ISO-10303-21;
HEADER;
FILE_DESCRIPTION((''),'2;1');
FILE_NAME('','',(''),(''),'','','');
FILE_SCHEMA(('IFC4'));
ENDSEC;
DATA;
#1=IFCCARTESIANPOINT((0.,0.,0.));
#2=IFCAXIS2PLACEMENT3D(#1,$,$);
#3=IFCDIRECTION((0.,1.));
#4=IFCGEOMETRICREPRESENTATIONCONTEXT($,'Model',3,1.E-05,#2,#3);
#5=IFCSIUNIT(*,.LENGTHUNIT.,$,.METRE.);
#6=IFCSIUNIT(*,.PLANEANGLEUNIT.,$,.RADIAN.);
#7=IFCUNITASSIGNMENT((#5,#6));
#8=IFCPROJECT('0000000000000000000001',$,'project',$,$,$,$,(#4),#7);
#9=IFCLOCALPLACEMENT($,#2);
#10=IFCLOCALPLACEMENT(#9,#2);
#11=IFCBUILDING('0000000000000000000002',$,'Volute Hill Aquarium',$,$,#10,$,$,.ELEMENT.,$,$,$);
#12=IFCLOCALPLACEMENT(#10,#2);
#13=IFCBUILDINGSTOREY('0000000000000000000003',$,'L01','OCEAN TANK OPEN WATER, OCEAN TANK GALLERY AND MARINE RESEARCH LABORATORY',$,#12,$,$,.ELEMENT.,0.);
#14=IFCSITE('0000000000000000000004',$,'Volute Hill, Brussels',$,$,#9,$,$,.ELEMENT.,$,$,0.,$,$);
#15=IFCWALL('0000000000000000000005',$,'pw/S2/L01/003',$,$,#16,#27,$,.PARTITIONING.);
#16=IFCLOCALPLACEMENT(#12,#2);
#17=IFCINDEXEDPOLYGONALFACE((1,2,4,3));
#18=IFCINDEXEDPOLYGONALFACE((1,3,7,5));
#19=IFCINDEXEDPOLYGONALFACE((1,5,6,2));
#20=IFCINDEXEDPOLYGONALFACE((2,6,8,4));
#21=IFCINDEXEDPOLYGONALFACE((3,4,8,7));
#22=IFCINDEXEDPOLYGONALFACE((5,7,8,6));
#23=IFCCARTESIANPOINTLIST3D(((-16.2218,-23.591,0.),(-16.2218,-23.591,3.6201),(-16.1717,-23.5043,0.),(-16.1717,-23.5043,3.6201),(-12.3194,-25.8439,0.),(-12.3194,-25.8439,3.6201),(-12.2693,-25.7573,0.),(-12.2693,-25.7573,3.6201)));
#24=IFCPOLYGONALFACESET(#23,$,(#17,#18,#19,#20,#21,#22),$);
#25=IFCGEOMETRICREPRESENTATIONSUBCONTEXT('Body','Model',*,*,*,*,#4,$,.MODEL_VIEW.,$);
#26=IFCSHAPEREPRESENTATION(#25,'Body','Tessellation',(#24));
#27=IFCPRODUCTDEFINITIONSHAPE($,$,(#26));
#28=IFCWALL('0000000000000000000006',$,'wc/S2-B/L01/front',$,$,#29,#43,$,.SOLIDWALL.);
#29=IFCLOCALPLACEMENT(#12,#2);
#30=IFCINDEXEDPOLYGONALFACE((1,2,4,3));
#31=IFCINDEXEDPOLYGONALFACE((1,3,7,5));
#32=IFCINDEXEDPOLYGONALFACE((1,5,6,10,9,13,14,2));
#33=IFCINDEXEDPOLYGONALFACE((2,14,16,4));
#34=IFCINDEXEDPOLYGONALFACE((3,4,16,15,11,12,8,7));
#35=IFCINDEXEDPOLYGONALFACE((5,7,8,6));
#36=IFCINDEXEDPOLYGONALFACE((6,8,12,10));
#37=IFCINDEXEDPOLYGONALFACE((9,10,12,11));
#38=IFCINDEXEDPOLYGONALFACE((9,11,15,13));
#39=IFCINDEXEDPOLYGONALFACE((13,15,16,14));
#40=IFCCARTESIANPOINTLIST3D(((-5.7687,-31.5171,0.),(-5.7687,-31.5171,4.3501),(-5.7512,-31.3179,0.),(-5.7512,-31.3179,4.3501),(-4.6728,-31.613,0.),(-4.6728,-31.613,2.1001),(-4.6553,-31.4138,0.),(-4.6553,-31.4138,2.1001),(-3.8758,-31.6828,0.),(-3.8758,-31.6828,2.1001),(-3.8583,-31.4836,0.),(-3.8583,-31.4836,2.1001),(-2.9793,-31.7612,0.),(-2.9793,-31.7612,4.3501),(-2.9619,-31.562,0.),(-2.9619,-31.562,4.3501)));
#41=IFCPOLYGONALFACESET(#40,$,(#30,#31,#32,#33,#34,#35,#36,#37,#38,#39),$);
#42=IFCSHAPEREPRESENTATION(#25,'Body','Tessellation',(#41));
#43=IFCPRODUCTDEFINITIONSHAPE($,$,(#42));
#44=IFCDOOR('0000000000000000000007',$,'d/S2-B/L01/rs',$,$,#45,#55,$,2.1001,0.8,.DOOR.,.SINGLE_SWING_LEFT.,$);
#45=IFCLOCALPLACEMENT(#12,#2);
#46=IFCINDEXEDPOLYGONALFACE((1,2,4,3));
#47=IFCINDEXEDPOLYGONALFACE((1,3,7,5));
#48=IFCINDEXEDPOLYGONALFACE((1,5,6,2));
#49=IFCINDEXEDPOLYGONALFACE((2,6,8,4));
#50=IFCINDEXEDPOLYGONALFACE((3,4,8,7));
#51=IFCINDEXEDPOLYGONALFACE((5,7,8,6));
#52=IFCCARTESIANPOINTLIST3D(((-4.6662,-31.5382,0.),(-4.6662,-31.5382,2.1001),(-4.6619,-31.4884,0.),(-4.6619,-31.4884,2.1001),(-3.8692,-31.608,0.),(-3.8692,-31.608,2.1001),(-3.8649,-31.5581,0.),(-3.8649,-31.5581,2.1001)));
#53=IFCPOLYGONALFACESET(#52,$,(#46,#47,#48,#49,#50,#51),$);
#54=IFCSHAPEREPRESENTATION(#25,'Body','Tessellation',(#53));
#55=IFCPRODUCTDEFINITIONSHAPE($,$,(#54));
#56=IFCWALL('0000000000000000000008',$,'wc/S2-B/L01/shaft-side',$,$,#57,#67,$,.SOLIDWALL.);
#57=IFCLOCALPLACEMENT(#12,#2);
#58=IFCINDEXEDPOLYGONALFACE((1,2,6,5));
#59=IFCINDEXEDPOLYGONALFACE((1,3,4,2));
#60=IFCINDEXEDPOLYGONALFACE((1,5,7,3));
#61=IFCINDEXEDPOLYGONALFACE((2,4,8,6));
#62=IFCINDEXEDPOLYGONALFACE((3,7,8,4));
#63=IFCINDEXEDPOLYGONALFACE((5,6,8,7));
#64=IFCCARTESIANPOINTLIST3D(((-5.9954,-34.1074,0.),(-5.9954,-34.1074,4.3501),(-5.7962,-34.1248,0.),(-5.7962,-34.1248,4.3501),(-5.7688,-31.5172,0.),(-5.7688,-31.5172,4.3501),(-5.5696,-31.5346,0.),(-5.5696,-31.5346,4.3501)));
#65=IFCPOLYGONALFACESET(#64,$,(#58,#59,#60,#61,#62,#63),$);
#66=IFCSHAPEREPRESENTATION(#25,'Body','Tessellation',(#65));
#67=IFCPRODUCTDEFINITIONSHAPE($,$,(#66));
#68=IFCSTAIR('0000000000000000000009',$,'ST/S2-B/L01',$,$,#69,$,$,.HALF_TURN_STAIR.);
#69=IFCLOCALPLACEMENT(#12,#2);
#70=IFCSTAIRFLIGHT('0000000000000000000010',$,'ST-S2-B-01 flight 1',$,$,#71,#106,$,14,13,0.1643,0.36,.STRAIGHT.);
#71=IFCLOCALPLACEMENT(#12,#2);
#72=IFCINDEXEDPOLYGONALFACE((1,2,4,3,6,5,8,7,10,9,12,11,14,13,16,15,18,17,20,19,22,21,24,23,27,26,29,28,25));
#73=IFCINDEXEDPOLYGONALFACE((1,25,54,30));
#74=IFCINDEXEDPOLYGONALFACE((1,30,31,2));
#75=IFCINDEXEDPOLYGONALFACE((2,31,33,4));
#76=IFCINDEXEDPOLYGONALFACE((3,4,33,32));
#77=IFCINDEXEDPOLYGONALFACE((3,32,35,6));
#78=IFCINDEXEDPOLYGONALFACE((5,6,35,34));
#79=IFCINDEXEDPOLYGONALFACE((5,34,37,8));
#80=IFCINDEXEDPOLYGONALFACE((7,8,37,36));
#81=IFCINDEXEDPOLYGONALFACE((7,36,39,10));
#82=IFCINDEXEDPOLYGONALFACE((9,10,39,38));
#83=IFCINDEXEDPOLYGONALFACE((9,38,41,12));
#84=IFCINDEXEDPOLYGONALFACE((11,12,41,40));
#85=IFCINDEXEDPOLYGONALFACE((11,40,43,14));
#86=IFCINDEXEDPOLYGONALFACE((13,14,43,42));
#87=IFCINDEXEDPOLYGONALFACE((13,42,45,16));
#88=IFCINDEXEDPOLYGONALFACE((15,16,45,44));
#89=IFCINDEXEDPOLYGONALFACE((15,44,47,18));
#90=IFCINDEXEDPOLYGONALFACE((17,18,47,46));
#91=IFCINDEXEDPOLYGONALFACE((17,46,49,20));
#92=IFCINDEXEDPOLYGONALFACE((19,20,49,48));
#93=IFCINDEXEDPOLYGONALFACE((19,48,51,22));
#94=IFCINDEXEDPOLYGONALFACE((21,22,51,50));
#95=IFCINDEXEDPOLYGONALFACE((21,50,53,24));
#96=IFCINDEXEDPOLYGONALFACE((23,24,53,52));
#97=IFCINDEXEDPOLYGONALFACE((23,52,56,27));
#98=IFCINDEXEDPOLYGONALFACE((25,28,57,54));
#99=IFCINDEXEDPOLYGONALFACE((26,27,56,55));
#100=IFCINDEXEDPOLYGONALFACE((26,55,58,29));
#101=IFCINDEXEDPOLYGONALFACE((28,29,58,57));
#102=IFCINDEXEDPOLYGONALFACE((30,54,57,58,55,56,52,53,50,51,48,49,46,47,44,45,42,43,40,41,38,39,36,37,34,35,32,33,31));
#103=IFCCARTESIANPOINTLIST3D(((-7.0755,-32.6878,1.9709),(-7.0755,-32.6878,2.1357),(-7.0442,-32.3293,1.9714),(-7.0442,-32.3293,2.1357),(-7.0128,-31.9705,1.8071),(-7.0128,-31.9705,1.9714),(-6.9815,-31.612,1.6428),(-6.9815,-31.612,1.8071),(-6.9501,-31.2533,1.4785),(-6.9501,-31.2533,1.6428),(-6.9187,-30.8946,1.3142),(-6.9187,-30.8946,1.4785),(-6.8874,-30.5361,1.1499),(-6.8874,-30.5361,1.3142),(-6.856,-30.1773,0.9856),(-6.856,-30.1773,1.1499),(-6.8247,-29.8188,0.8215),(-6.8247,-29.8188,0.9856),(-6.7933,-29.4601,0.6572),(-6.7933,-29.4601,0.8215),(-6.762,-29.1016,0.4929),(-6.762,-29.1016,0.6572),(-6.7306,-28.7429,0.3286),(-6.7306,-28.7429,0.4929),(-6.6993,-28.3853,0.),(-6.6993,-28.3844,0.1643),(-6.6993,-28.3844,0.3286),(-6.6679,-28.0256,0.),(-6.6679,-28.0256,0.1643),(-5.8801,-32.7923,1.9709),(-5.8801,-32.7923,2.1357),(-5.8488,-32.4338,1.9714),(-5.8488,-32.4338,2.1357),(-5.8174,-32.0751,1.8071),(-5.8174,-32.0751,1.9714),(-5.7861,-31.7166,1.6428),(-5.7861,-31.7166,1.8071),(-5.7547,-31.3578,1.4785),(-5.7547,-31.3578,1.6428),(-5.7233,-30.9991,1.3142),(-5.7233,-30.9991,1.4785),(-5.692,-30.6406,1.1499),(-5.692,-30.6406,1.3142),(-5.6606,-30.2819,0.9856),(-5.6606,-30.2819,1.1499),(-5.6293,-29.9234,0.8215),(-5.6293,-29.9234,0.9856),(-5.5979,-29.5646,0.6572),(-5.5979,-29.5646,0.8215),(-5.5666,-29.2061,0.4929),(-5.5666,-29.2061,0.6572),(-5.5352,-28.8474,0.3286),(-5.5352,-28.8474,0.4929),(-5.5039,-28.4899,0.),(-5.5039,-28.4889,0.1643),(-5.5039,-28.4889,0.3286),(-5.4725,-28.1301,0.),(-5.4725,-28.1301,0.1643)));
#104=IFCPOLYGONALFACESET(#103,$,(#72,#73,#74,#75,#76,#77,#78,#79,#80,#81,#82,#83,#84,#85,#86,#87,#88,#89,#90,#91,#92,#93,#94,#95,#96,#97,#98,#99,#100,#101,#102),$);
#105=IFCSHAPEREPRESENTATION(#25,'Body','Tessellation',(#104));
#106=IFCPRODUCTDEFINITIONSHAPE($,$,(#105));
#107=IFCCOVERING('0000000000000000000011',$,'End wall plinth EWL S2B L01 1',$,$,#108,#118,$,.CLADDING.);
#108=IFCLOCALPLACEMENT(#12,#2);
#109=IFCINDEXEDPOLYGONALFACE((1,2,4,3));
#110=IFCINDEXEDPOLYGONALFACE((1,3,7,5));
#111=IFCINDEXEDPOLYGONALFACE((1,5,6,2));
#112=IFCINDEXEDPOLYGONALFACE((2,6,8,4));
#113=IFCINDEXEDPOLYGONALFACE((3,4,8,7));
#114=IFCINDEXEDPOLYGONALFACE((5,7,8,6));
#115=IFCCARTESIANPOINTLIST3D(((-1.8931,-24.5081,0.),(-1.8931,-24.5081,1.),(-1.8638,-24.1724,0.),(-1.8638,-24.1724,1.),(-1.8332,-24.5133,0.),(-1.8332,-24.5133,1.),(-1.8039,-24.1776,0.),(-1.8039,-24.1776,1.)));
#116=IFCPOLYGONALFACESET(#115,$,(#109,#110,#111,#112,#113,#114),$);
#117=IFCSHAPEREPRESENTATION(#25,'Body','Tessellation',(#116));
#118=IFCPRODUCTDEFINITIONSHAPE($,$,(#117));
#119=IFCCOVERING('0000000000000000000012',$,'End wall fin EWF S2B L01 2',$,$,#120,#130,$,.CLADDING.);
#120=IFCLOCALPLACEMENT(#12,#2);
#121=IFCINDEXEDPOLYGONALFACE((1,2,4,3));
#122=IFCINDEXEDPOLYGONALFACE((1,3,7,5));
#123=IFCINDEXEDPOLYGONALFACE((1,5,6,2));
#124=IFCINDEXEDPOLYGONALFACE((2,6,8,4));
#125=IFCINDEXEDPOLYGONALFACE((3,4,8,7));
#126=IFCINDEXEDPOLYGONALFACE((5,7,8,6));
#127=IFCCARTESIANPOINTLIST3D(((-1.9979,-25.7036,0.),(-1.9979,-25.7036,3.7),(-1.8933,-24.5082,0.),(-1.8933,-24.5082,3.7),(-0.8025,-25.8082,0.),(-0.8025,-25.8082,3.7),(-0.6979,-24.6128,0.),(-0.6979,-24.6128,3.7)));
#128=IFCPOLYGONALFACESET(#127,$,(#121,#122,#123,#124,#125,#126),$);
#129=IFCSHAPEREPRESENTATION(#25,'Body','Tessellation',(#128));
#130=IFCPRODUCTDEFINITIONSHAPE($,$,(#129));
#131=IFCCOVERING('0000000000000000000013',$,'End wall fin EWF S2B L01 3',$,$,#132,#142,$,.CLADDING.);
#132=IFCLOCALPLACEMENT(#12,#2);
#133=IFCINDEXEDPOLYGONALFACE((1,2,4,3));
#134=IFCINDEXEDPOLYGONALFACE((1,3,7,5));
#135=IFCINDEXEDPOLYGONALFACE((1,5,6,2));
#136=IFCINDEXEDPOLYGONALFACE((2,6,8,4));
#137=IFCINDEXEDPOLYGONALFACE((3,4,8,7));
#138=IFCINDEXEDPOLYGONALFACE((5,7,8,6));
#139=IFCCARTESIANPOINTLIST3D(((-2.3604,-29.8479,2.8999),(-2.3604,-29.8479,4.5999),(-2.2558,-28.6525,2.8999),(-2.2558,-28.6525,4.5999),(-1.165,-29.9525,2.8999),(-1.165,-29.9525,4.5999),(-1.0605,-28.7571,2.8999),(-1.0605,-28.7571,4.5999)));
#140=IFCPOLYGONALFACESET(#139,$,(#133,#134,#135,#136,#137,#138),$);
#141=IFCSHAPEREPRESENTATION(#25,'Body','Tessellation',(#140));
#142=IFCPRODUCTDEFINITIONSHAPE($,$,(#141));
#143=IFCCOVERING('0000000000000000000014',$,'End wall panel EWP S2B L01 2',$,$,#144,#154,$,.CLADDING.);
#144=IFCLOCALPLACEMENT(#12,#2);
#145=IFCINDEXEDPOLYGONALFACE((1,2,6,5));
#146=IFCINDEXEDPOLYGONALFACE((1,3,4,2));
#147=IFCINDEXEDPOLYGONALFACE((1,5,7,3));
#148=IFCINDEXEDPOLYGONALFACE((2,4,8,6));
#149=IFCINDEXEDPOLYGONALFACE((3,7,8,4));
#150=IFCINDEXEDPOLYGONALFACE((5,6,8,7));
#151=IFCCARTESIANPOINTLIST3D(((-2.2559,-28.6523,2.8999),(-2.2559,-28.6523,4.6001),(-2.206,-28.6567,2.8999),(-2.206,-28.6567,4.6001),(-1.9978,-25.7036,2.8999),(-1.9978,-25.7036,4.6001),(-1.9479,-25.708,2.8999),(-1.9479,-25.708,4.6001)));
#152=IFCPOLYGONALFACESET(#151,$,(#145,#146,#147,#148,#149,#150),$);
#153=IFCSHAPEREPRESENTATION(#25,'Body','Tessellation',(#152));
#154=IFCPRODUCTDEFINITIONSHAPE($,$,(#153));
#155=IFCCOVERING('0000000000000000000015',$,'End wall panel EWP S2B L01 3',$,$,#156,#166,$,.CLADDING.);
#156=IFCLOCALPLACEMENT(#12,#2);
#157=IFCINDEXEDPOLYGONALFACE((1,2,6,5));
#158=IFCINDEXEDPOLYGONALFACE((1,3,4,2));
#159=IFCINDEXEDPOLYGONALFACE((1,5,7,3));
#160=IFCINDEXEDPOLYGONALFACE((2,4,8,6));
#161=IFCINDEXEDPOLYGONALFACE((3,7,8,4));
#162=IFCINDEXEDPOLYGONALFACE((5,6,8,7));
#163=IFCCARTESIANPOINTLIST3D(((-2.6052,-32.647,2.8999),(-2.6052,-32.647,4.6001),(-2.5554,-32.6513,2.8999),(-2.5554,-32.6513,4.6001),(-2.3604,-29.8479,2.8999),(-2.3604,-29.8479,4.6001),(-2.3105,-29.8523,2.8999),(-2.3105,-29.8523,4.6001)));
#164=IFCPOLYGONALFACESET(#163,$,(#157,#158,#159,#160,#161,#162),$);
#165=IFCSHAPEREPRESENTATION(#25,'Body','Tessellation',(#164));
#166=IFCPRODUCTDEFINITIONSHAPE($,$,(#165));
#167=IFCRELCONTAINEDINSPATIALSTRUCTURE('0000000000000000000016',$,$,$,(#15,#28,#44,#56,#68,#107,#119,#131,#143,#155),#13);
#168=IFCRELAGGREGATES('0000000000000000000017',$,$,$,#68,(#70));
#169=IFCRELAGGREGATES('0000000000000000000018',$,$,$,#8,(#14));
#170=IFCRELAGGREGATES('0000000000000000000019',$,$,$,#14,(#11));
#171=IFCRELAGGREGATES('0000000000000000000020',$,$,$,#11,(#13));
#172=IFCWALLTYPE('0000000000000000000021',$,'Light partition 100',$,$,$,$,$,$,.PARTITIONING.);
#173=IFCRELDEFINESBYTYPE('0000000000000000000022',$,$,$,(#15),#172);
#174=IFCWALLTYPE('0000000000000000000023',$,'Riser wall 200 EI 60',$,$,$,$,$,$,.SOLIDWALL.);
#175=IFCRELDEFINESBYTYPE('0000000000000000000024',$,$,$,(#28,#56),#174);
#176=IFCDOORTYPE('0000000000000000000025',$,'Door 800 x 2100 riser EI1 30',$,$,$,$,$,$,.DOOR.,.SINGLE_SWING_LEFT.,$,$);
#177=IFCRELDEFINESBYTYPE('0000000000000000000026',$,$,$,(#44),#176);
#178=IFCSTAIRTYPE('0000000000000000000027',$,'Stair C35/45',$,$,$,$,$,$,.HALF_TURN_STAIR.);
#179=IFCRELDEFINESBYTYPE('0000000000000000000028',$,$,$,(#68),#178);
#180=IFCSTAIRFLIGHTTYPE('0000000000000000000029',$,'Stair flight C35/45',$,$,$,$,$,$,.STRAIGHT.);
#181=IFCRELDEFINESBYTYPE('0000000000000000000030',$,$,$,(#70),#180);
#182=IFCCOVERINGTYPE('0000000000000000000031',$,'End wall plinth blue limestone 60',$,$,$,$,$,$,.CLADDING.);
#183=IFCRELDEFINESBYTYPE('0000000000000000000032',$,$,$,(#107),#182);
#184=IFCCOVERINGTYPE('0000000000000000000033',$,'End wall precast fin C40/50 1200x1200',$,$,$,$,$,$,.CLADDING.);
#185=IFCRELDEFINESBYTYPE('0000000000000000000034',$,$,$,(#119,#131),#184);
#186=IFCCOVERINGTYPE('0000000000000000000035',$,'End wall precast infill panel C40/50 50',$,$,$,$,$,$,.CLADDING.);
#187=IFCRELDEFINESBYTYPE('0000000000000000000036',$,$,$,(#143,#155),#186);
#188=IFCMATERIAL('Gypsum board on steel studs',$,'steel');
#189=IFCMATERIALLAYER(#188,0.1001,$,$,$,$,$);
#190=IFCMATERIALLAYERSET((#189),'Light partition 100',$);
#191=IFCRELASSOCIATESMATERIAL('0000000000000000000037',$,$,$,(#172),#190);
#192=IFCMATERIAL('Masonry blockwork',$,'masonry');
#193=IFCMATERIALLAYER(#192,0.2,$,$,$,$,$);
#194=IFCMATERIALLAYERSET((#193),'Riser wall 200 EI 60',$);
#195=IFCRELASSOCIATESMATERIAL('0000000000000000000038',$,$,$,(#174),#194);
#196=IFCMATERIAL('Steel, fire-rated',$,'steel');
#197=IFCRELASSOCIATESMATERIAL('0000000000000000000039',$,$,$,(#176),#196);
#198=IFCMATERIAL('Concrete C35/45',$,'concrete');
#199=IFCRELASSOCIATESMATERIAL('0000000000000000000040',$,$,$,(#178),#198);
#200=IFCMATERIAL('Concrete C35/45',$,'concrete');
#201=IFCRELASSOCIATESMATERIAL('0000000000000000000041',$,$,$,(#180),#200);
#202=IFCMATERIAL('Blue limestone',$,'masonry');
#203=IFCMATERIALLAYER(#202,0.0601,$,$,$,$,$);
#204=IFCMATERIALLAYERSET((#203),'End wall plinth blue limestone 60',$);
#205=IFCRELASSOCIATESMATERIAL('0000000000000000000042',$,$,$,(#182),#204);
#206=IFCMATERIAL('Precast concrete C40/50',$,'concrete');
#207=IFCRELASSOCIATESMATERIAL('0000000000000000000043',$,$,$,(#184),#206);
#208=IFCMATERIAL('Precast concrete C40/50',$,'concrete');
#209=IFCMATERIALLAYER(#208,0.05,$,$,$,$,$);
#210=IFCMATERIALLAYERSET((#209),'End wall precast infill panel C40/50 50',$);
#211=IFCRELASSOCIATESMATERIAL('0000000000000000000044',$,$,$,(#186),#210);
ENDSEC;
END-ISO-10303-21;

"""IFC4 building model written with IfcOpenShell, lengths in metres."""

from ifc_helpers import new_model, si_unit, direction, frame, frame_2d, origin, origin_2d, place, context, subcontext, project, spatial, polyline, rectangle, outline, extrude, material, layer, layer_set, type_object, element, fill, aggregate, save


model = new_model("IFC4")

# Units and contexts
model_context = context("Model", 3, precision=1e-05, world=origin(), true_north=direction((0.0, 1.0)))
body_context = subcontext(model_context, "Body", "Model", "MODEL_VIEW")
ifc_project = project(units=[si_unit("LENGTHUNIT", "METRE"), si_unit("PLANEANGLEUNIT", "RADIAN")], contexts=[model_context])

# Site, building, storey
site_placement = place(None, origin())
site = spatial("IfcSite", under=ifc_project, at=site_placement, Name="Volute Hill, Brussels", CompositionType="ELEMENT", RefElevation=0.0)
building_placement = place(site_placement, origin())
building = spatial("IfcBuilding", under=site, at=building_placement, Name="Volute Hill Aquarium", CompositionType="ELEMENT")
storey_placement = place(building_placement, origin())
storey = spatial("IfcBuildingStorey", under=building, at=storey_placement, Name="L01", Description="OCEAN TANK OPEN WATER, OCEAN TANK GALLERY AND MARINE RESEARCH LABORATORY", CompositionType="ELEMENT", Elevation=0.0)

# Wall
ifc_material_1 = material(Name="Gypsum board on steel studs", Category="steel")
ifc_layer_1 = layer(ifc_material_1, 0.1001)
ifc_layer_set_1 = layer_set([ifc_layer_1], Name="Light partition 100")
wall_type_1 = type_object("IfcWallType", Name="Light partition 100", PredefinedType="PARTITIONING", material=ifc_layer_set_1)
wall_1_placement = place(storey_placement, frame((-12.2944, -25.8005, 0.0), z_axis=(0.0, 0.0, 1.0), x_axis=(-0.866034, 0.499985, 0.0)))
element("IfcWall", 1, at=wall_1_placement, inside=storey, type_object=wall_type_1, Name="pw/S2/L01/003", PredefinedType="PARTITIONING", context=body_context, shape_type="SweptSolid", body=[
    extrude(rectangle(XDim=4.5061, YDim=0.1001, at=frame_2d((2.2529, 0.0))), origin(), (0.0, 0.0, 1.0), 3.6201),
])

# Wall, opening, door
ifc_material_2 = material(Name="Masonry blockwork", Category="masonry")
ifc_layer_2 = layer(ifc_material_2, 0.2)
ifc_layer_set_2 = layer_set([ifc_layer_2], Name="Riser wall 200 EI 60")
wall_type_2 = type_object("IfcWallType", Name="Riser wall 200 EI 60", PredefinedType="SOLIDWALL", material=ifc_layer_set_2)
wall_2_placement = place(storey_placement, frame((-2.9707, -31.6616, 0.0), z_axis=(0.0, 0.0, 1.0), x_axis=(-0.996191, 0.087194, 0.0)))
wall_2 = element("IfcWall", 2, at=wall_2_placement, inside=storey, type_object=wall_type_2, Name="wc/S2-B/L01/front", PredefinedType="SOLIDWALL", context=body_context, shape_type="SweptSolid", body=[
    extrude(rectangle(XDim=2.8, YDim=0.2, at=frame_2d((1.3999, 0.0))), origin(), (0.0, 0.0, 1.0), 4.3501),
])
opening_1_placement = place(wall_2_placement, frame((0.8999, 0.0, 0.0)))
opening_1 = element("IfcOpeningElement", 3, at=opening_1_placement, cuts=wall_2, PredefinedType="OPENING", context=body_context, shape_type="SweptSolid", body=[
    extrude(rectangle(XDim=0.8, YDim=2.1001, at=frame_2d((0.3999, 1.05))), frame((0.0, 0.1099, 0.0), z_axis=(0.0, -1.0, 0.0), x_axis=(1.0, 0.0, 0.0)), (0.0, 0.0, 1.0), 0.22),
])
ifc_material_3 = material(Name="Steel, fire-rated", Category="steel")
door_type_1 = type_object("IfcDoorType", Name="Door 800 x 2100 riser EI1 30", OperationType="SINGLE_SWING_LEFT", PredefinedType="DOOR", material=ifc_material_3)
door_1_placement = place(opening_1_placement, origin())
door_1 = element("IfcDoor", 4, at=door_1_placement, inside=storey, type_object=door_type_1, Name="d/S2-B/L01/rs", OperationType="SINGLE_SWING_LEFT", OverallHeight=2.1001, OverallWidth=0.8, PredefinedType="DOOR", context=body_context, shape_type="SweptSolid", body=[
    extrude(rectangle(XDim=0.8, YDim=2.1001, at=frame_2d((0.3999, 1.05))), frame((0.0, 0.0249, 0.0), z_axis=(0.0, -1.0, 0.0), x_axis=(1.0, 0.0, 0.0)), (0.0, 0.0, 1.0), 0.05),
])
fill(opening_1, door_1)

# Wall
wall_3_placement = place(storey_placement, frame((-5.6692, -31.5259, 0.0), z_axis=(0.0, 0.0, 1.0), x_axis=(-0.08714, -0.996196, 0.0)))
element("IfcWall", 5, at=wall_3_placement, inside=storey, type_object=wall_type_2, Name="wc/S2-B/L01/shaft-side", PredefinedType="SOLIDWALL", context=body_context, shape_type="SweptSolid", body=[
    extrude(rectangle(XDim=2.6001, YDim=0.2, at=frame_2d((1.3, 0.0))), origin(), (0.0, 0.0, 1.0), 4.3501),
])

# Stair, stair flight
ifc_material_4 = material(Name="Concrete C35/45", Category="concrete")
stair_type = type_object("IfcStairType", Name="Stair C35/45", PredefinedType="HALF_TURN_STAIR", material=ifc_material_4)
stair_placement = place(storey_placement, origin())
stair = element("IfcStair", 6, at=stair_placement, inside=storey, type_object=stair_type, Name="ST/S2-B/L01", PredefinedType="HALF_TURN_STAIR")
ifc_material_5 = material(Name="Concrete C35/45", Category="concrete")
stair_flight_type = type_object("IfcStairFlightType", Name="Stair flight C35/45", PredefinedType="STRAIGHT", material=ifc_material_5)
stair_flight_placement = place(storey_placement, frame((-6.0703, -28.0779, 0.0), z_axis=(0.0, 0.0, 1.0), x_axis=(-0.0871, -0.9962, 0.0)))
stair_flight = element("IfcStairFlight", 7, at=stair_flight_placement, type_object=stair_flight_type, Name="ST-S2-B-01 flight 1", NumberOfRisers=14, NumberOfTreads=13, PredefinedType="STRAIGHT", RiserHeight=0.1643, TreadLength=0.36, context=body_context, shape_type="SweptSolid", body=[
    extrude(outline(polyline([(0.0, 0.0), (0.0, 0.1643), (0.3601, 0.1643), (0.3601, 0.3286), (0.72, 0.3286), (0.72, 0.4929), (1.0801, 0.4929), (1.0801, 0.6572), (1.4399, 0.6572), (1.4399, 0.8215), (1.8, 0.8215), (1.8, 0.9856), (2.1599, 0.9856), (2.1599, 1.1499), (2.52, 1.1499), (2.52, 1.3142), (2.8799, 1.3142), (2.8799, 1.4785), (3.24, 1.4785), (3.24, 1.6428), (3.6001, 1.6428), (3.6001, 1.8071), (3.96, 1.8071), (3.96, 1.9714), (4.3201, 1.9714), (4.3201, 2.1357), (4.6799, 2.1357), (4.6799, 2.3), (4.6799, 1.9709), (0.3611, 0.0), (0.0, 0.0)])), frame((0.0, 0.6001, 0.0), z_axis=(0.0, -1.0, 0.0), x_axis=(1.0, 0.0, 0.0)), (0.0, 0.0, 1.0), 1.2),
])
aggregate(stair, [stair_flight])

# Coverings
ifc_material_6 = material(Name="Blue limestone", Category="masonry")
ifc_layer_3 = layer(ifc_material_6, 0.0601)
ifc_layer_set_3 = layer_set([ifc_layer_3], Name="End wall plinth blue limestone 60")
covering_type_1 = type_object("IfcCoveringType", Name="End wall plinth blue limestone 60", PredefinedType="CLADDING", material=ifc_layer_set_3)
covering_1_placement = place(storey_placement, frame((-1.8638, -24.1724, 0.0), z_axis=(-0.996213, 0.086942, 0.0), x_axis=(-0.086942, -0.996213, 0.0)))
element("IfcCovering", 8, at=covering_1_placement, inside=storey, type_object=covering_type_1, Name="End wall plinth EWL S2B L01 1", PredefinedType="CLADDING", context=body_context, shape_type="SweptSolid", body=[
    extrude(outline(polyline([(0.0, 0.0), (0.337, 0.0), (0.337, 1.0), (0.0, 1.0), (0.0, 0.0)])), origin(), (0.0, 0.0, -1.0), 0.0601),
])
ifc_material_7 = material(Name="Precast concrete C40/50", Category="concrete")
covering_type_2 = type_object("IfcCoveringType", Name="End wall precast fin C40/50 1200x1200", PredefinedType="CLADDING", material=ifc_material_7)
covering_2_placement = place(storey_placement, frame((-1.3479, -25.1582, 0.0), z_axis=(0.0, 0.0, 1.0), x_axis=(-0.087158, -0.996194, 0.0)))
element("IfcCovering", 9, at=covering_2_placement, inside=storey, type_object=covering_type_2, Name="End wall fin EWF S2B L01 2", PredefinedType="CLADDING", context=body_context, shape_type="SweptSolid", body=[
    extrude(rectangle(XDim=1.2, YDim=1.2, at=origin_2d()), origin(), (0.0, 0.0, 1.0), 3.7),
])
covering_3_placement = place(storey_placement, frame((-1.7104, -29.3025, 2.8999), z_axis=(0.0, 0.0, 1.0), x_axis=(-0.087158, -0.996194, 0.0)))
element("IfcCovering", 10, at=covering_3_placement, inside=storey, type_object=covering_type_2, Name="End wall fin EWF S2B L01 3", PredefinedType="CLADDING", context=body_context, shape_type="SweptSolid", body=[
    extrude(rectangle(XDim=1.2, YDim=1.2, at=origin_2d()), origin(), (0.0, 0.0, 1.0), 1.7),
])
ifc_material_8 = material(Name="Precast concrete C40/50", Category="concrete")
ifc_layer_4 = layer(ifc_material_8, 0.05)
ifc_layer_set_4 = layer_set([ifc_layer_4], Name="End wall precast infill panel C40/50 50")
covering_type_3 = type_object("IfcCoveringType", Name="End wall precast infill panel C40/50 50", PredefinedType="CLADDING", material=ifc_layer_set_4)
covering_4_placement = place(storey_placement, frame((-1.9978, -25.7036, 2.8999), z_axis=(-0.996192, 0.087181, 0.0), x_axis=(-0.087181, -0.996192, 0.0)))
element("IfcCovering", 11, at=covering_4_placement, inside=storey, type_object=covering_type_3, Name="End wall panel EWP S2B L01 2", PredefinedType="CLADDING", context=body_context, shape_type="SweptSolid", body=[
    extrude(outline(polyline([(0.0, 0.0), (2.96, 0.0), (2.96, 1.7002), (0.0, 1.7002), (0.0, 0.0)])), origin(), (0.0, 0.0, -1.0), 0.05),
])
covering_5_placement = place(storey_placement, frame((-2.3604, -29.8479, 2.8999), z_axis=(-0.996195, 0.087151, 0.0), x_axis=(-0.087151, -0.996195, 0.0)))
element("IfcCovering", 12, at=covering_5_placement, inside=storey, type_object=covering_type_3, Name="End wall panel EWP S2B L01 3", PredefinedType="CLADDING", context=body_context, shape_type="SweptSolid", body=[
    extrude(outline(polyline([(0.0, 0.0), (2.8098, 0.0), (2.8098, 1.7002), (0.0, 1.7002), (0.0, 0.0)])), origin(), (0.0, 0.0, -1.0), 0.05),
])

save(model, "model.ifc")
